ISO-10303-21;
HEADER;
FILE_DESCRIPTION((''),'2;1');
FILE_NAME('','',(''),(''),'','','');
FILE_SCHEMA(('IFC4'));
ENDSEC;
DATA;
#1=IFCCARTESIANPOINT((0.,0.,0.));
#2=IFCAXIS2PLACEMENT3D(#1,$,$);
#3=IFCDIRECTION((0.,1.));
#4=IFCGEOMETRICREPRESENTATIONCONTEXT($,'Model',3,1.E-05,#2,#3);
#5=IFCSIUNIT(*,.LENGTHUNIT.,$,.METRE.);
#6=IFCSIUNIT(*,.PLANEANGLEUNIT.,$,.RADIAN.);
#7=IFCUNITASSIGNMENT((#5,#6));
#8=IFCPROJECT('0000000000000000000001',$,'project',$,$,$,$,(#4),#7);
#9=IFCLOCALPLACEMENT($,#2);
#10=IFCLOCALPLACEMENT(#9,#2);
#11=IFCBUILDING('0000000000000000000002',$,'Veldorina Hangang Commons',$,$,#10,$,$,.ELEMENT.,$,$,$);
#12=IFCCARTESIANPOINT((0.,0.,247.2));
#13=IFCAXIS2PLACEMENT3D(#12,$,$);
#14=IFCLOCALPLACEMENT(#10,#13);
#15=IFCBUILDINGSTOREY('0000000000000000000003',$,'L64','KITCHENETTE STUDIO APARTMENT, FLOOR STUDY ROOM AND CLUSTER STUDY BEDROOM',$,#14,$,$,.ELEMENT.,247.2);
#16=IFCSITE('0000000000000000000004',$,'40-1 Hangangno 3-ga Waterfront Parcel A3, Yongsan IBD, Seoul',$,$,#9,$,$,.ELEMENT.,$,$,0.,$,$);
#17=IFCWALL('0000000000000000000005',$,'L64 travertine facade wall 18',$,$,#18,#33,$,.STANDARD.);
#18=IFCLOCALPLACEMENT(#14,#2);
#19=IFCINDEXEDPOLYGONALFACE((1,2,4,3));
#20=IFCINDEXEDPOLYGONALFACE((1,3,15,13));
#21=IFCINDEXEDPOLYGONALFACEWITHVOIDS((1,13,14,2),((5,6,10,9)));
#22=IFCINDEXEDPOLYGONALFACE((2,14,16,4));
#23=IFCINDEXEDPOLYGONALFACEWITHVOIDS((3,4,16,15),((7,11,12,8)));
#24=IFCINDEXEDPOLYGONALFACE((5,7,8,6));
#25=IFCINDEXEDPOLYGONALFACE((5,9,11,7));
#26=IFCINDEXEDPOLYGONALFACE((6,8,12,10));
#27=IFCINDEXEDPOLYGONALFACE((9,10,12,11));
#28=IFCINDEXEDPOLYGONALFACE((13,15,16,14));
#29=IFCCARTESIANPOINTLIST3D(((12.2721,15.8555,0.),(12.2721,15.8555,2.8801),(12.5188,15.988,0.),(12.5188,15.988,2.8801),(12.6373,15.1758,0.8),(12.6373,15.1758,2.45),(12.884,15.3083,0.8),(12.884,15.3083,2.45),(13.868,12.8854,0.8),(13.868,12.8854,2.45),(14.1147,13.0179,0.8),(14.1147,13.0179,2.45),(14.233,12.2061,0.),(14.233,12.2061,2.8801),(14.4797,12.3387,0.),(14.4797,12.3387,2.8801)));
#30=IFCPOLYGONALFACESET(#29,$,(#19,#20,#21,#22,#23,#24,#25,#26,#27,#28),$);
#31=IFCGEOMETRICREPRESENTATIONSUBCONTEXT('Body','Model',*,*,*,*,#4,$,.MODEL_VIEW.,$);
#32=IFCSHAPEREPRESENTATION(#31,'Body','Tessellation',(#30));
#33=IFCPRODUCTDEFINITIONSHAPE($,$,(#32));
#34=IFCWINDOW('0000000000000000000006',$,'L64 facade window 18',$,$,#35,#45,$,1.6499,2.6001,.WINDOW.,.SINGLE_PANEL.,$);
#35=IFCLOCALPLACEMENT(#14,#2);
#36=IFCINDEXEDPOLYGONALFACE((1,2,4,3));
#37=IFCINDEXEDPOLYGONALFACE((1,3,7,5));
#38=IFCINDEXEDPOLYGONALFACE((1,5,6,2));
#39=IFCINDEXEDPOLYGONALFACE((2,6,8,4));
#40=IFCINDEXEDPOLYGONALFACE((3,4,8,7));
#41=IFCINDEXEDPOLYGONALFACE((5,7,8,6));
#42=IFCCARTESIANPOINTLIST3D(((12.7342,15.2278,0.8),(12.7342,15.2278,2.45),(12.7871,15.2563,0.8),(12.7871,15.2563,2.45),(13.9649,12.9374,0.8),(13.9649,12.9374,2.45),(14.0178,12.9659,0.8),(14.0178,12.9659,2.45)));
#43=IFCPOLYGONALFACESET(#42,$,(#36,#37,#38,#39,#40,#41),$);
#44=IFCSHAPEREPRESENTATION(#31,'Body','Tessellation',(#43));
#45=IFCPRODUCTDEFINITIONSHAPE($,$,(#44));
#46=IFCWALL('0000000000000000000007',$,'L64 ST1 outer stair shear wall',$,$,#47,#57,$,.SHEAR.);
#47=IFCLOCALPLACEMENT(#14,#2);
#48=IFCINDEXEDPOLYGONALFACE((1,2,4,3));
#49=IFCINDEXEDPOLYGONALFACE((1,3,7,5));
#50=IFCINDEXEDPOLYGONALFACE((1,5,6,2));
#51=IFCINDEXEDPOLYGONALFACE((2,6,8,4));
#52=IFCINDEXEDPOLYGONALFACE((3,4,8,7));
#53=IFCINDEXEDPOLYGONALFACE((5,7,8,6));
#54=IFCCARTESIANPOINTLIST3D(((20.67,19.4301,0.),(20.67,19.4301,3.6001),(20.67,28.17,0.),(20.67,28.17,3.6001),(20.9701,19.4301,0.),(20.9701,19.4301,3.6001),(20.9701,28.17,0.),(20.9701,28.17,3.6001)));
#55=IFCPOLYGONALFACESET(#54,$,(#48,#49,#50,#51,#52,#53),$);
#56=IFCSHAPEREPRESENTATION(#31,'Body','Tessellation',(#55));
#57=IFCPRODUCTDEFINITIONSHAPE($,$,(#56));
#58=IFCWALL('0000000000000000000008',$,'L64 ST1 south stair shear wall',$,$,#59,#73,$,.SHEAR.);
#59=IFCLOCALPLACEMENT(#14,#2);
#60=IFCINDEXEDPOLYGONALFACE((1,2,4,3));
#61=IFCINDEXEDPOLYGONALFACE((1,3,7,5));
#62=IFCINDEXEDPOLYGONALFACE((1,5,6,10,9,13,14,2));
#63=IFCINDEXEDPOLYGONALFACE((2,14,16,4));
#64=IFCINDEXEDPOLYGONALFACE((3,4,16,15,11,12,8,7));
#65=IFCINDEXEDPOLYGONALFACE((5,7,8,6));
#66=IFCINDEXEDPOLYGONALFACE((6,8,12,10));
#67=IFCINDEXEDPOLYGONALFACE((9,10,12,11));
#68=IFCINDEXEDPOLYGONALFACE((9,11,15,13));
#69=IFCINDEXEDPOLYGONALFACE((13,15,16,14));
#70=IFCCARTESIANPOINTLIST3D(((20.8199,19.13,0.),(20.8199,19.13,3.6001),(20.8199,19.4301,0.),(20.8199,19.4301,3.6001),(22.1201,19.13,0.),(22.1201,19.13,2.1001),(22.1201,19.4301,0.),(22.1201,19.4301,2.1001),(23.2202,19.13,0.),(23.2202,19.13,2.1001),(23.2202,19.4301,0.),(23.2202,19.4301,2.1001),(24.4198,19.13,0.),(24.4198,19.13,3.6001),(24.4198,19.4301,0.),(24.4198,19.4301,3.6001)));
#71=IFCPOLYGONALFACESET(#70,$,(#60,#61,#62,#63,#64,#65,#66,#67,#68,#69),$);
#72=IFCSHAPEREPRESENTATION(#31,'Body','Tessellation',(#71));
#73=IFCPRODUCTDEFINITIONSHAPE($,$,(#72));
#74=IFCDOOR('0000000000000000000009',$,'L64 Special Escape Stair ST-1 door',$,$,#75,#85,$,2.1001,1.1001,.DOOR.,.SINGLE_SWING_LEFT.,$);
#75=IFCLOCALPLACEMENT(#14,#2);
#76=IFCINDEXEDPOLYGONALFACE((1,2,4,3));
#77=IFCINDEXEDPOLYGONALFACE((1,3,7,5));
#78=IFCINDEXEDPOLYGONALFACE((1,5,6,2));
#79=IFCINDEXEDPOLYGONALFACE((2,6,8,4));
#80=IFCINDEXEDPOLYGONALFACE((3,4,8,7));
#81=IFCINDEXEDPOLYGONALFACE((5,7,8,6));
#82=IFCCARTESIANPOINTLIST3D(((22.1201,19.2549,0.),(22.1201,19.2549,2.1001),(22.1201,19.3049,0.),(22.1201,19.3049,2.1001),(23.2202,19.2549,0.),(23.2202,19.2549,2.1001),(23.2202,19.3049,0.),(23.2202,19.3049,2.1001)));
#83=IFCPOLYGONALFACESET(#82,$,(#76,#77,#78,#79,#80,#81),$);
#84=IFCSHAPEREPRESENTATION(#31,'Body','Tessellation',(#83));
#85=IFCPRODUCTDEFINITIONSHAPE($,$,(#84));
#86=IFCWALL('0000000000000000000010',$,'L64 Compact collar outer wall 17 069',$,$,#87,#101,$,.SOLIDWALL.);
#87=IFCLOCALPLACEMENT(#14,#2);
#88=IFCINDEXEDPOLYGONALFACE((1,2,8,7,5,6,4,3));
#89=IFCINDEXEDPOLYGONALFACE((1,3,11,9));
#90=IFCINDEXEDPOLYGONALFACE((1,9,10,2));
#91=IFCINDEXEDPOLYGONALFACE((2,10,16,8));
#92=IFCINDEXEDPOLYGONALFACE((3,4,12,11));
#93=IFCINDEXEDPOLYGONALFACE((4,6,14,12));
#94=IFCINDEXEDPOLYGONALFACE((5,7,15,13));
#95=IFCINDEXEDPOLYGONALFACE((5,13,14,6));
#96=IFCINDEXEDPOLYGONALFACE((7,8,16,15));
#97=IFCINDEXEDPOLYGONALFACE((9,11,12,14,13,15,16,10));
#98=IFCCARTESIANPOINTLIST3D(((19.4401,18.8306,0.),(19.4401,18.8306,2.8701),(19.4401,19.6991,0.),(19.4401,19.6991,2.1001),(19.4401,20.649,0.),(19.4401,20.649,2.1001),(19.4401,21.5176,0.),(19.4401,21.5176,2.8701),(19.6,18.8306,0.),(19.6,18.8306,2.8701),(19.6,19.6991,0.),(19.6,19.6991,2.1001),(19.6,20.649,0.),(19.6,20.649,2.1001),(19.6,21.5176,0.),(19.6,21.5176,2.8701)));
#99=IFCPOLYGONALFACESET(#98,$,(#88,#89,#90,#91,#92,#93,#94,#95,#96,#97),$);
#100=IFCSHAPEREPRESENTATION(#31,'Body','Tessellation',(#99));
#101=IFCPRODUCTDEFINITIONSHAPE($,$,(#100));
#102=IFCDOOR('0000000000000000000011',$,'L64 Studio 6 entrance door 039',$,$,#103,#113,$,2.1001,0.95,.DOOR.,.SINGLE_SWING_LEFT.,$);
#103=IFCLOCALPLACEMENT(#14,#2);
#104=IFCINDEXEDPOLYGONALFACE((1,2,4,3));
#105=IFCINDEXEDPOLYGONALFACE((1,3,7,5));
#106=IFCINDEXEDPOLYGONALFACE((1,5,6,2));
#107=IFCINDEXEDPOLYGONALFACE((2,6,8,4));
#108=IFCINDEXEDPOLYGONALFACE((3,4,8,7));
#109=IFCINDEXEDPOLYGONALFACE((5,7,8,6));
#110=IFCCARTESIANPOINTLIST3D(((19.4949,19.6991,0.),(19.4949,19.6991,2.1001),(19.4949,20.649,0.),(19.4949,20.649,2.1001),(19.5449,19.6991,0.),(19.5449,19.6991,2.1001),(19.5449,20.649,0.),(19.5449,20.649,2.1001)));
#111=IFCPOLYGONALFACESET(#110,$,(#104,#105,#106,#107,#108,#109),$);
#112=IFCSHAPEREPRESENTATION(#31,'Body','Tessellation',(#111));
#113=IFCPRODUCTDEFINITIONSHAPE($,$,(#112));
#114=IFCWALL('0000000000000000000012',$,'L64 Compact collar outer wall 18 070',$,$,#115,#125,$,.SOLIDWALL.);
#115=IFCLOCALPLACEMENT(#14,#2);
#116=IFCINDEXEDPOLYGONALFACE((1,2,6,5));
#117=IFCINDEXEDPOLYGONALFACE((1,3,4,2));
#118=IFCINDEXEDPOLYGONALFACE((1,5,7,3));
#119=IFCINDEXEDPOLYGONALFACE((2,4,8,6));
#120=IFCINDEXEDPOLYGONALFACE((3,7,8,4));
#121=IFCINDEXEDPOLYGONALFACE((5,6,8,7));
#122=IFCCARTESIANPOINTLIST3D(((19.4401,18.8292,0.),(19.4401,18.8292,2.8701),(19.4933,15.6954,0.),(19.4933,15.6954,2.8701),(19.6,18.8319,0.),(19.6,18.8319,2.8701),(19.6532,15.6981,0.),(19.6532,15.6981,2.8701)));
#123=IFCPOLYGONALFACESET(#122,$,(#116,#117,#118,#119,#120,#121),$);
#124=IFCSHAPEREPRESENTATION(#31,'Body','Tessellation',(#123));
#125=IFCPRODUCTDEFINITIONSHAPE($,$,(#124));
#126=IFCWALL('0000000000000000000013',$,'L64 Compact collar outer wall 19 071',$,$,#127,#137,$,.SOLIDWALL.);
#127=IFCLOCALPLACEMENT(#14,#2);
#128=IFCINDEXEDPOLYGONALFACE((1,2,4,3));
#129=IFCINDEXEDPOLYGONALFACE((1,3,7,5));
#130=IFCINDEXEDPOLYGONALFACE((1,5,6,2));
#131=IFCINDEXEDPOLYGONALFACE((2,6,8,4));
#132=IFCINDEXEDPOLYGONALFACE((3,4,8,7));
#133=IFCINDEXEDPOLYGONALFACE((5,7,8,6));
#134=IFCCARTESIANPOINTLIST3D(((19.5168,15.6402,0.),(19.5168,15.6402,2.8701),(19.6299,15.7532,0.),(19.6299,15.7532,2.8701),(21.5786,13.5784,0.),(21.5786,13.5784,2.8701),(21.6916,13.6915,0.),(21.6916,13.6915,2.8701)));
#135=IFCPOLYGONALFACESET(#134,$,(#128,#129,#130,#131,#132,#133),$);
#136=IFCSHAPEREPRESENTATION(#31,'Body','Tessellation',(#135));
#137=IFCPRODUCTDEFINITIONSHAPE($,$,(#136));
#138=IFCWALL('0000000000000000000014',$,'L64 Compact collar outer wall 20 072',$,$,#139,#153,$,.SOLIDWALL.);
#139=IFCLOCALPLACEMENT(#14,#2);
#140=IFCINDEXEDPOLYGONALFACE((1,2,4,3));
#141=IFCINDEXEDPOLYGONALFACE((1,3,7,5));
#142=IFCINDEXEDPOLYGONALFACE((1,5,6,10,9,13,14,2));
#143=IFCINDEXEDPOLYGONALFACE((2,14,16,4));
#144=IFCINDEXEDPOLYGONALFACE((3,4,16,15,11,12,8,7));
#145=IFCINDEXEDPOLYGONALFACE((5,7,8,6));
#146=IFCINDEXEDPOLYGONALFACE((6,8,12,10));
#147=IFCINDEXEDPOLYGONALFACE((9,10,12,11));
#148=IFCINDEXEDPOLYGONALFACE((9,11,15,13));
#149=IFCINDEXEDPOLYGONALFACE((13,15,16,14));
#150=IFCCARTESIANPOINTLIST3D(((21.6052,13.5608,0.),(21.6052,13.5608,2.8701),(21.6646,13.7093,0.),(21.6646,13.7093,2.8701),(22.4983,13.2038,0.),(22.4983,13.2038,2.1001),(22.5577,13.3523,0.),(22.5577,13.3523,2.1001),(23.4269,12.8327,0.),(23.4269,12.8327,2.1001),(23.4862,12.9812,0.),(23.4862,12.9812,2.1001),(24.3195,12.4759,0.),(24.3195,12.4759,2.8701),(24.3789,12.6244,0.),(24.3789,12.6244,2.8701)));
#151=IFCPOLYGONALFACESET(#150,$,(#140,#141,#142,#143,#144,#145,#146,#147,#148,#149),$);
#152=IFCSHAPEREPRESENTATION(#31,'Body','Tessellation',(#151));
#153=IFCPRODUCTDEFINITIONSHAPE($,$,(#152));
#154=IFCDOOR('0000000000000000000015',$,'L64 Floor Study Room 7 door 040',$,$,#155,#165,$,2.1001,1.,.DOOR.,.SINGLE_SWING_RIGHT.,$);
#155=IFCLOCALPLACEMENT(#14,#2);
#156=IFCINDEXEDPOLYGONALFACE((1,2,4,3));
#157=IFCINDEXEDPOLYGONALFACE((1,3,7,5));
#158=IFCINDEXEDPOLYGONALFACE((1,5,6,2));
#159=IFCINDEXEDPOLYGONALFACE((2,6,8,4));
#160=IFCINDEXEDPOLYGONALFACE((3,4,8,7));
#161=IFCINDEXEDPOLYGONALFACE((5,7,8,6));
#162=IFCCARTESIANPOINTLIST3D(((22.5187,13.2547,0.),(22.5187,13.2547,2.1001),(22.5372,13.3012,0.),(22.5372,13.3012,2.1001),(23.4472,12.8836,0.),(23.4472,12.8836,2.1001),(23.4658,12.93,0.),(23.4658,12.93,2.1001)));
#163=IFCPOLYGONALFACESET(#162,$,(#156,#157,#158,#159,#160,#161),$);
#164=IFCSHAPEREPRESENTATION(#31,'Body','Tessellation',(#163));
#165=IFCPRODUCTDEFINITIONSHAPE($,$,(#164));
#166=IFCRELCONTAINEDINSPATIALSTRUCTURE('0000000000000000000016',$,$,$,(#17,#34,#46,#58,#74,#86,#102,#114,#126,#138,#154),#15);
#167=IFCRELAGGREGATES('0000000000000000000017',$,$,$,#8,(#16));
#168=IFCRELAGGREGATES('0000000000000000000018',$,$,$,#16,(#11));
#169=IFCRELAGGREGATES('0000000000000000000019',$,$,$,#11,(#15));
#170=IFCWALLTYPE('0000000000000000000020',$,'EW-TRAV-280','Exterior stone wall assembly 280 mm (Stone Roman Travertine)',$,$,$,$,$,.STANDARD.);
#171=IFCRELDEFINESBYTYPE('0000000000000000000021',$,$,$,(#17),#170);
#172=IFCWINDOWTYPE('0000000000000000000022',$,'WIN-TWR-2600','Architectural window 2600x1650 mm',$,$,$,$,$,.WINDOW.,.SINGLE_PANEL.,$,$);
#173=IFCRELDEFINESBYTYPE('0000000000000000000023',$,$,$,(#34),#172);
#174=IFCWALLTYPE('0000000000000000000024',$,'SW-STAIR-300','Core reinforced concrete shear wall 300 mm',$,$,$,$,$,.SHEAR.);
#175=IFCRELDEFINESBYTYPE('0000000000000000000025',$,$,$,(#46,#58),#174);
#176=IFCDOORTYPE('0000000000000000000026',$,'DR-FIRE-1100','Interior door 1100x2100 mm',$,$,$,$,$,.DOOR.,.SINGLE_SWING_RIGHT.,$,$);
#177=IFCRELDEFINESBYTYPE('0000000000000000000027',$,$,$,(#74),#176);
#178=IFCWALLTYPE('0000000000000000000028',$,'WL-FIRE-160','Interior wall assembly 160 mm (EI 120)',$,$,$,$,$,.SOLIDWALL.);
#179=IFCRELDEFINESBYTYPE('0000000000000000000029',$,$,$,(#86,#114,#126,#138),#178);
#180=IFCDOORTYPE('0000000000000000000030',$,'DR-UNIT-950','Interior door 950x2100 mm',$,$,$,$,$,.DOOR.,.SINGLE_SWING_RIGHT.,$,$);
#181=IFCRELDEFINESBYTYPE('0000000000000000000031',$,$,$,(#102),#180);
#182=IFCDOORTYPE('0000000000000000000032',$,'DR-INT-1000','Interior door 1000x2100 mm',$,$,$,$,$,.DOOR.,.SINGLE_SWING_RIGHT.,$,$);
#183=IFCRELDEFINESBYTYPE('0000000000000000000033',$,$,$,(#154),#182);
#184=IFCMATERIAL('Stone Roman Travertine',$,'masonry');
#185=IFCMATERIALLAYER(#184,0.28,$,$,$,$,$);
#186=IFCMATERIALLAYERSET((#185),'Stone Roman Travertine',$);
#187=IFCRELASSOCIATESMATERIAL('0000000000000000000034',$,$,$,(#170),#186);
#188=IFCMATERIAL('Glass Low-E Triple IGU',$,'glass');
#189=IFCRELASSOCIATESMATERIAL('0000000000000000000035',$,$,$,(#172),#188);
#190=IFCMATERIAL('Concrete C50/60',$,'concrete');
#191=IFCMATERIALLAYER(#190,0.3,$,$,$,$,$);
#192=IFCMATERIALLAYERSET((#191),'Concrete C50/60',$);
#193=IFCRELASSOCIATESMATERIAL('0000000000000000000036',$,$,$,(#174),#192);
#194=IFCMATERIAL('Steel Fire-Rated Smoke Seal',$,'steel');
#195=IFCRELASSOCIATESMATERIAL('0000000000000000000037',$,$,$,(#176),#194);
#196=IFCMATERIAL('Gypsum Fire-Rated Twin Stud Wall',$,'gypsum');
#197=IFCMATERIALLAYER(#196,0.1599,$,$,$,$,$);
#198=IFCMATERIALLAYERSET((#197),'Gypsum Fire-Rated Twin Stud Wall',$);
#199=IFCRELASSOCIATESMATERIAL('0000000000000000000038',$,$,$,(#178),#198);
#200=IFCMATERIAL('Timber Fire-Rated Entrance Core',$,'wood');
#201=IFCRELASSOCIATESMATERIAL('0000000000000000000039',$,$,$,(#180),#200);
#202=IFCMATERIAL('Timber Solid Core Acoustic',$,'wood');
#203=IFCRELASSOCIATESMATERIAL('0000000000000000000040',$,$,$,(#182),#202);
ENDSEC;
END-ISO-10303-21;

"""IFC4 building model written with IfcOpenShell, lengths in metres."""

from ifc_helpers import new_model, si_unit, direction, frame, frame_2d, origin, place, context, subcontext, project, spatial, rectangle, extrude, material, layer, layer_set, type_object, element, fill, save


model = new_model("IFC4")

# Units and contexts
model_context = context("Model", 3, precision=1e-05, world=origin(), true_north=direction((0.0, 1.0)))
body_context = subcontext(model_context, "Body", "Model", "MODEL_VIEW")
ifc_project = project(units=[si_unit("LENGTHUNIT", "METRE"), si_unit("PLANEANGLEUNIT", "RADIAN")], contexts=[model_context])

# Site, building, storey
site_placement = place(None, origin())
site = spatial("IfcSite", under=ifc_project, at=site_placement, Name="40-1 Hangangno 3-ga Waterfront Parcel A3, Yongsan IBD, Seoul", CompositionType="ELEMENT", RefElevation=0.0)
building_placement = place(site_placement, origin())
building = spatial("IfcBuilding", under=site, at=building_placement, Name="Veldorina Hangang Commons", CompositionType="ELEMENT")
storey_placement = place(building_placement, frame((0.0, 0.0, 247.2)))
storey = spatial("IfcBuildingStorey", under=building, at=storey_placement, Name="L64", Description="KITCHENETTE STUDIO APARTMENT, FLOOR STUDY ROOM AND CLUSTER STUDY BEDROOM", CompositionType="ELEMENT", Elevation=247.2)

# Shared definitions
ifc_material_1 = material(Name="Stone Roman Travertine", Category="masonry")
ifc_layer_1 = layer(ifc_material_1, 0.28)
ifc_layer_set_1 = layer_set([ifc_layer_1], Name="Stone Roman Travertine")
wall_type_1 = type_object("IfcWallType", Name="EW-TRAV-280", Description="Exterior stone wall assembly 280 mm (Stone Roman Travertine)", PredefinedType="STANDARD", material=ifc_layer_set_1)

# Wall, opening, window
wall_1_placement = place(storey_placement, frame((12.3955, 15.9216, 0.0), z_axis=(0.0, 0.0, 1.0), x_axis=(0.473327, -0.880887, 0.0)))
wall_1 = element("IfcWall", 1, at=wall_1_placement, inside=storey, type_object=wall_type_1, Name="L64 travertine facade wall 18", PredefinedType="STANDARD", context=body_context, shape_type="SweptSolid", body=[
    extrude(rectangle(XDim=4.1428, YDim=0.28, at=frame_2d((2.0713, 0.0))), origin(), (0.0, 0.0, 1.0), 2.8801),
])
opening_1_placement = place(wall_1_placement, frame((0.7715, 0.0, 0.8)))
opening_1 = element("IfcOpeningElement", 2, at=opening_1_placement, cuts=wall_1, PredefinedType="OPENING", context=body_context, shape_type="SweptSolid", body=[
    extrude(rectangle(XDim=2.6001, YDim=1.6499, at=frame_2d((1.3, 0.825))), frame((0.0, 0.1499, 0.0), z_axis=(0.0, -1.0, 0.0), x_axis=(1.0, 0.0, 0.0)), (0.0, 0.0, 1.0), 0.3),
])
ifc_material_2 = material(Name="Glass Low-E Triple IGU", Category="glass")
window_type = type_object("IfcWindowType", Name="WIN-TWR-2600", Description="Architectural window 2600x1650 mm", PartitioningType="SINGLE_PANEL", PredefinedType="WINDOW", material=ifc_material_2)
window_placement = place(opening_1_placement, origin())
window = element("IfcWindow", 3, at=window_placement, inside=storey, type_object=window_type, Name="L64 facade window 18", OverallHeight=1.6499, OverallWidth=2.6001, PartitioningType="SINGLE_PANEL", PredefinedType="WINDOW", context=body_context, shape_type="SweptSolid", body=[
    extrude(rectangle(XDim=2.6001, YDim=1.6499, at=frame_2d((1.3, 0.825))), frame((0.0, 0.03, 0.0), z_axis=(0.0, -1.0, 0.0), x_axis=(1.0, 0.0, 0.0)), (0.0, 0.0, 1.0), 0.0601),
])
fill(opening_1, window)

# Wall
ifc_material_3 = material(Name="Concrete C50/60", Category="concrete")
ifc_layer_2 = layer(ifc_material_3, 0.3)
ifc_layer_set_2 = layer_set([ifc_layer_2], Name="Concrete C50/60")
wall_type_2 = type_object("IfcWallType", Name="SW-STAIR-300", Description="Core reinforced concrete shear wall 300 mm", PredefinedType="SHEAR", material=ifc_layer_set_2)
wall_2_placement = place(storey_placement, frame((20.8201, 19.4299, 0.0), z_axis=(0.0, 0.0, 1.0), x_axis=(0.0, 1.0, 0.0)))
element("IfcWall", 4, at=wall_2_placement, inside=storey, type_object=wall_type_2, Name="L64 ST1 outer stair shear wall", PredefinedType="SHEAR", context=body_context, shape_type="SweptSolid", body=[
    extrude(rectangle(XDim=8.74, YDim=0.3, at=frame_2d((4.3701, 0.0))), origin(), (0.0, 0.0, 1.0), 3.6001),
])

# Walls, openings, doors
wall_3_placement = place(storey_placement, frame((20.8201, 19.28, 0.0), z_axis=(0.0, 0.0, 1.0), x_axis=(1.0, 0.0, 0.0)))
wall_3 = element("IfcWall", 5, at=wall_3_placement, inside=storey, type_object=wall_type_2, Name="L64 ST1 south stair shear wall", PredefinedType="SHEAR", context=body_context, shape_type="SweptSolid", body=[
    extrude(rectangle(XDim=3.5999, YDim=0.3, at=frame_2d((1.7998, 0.0))), origin(), (0.0, 0.0, 1.0), 3.6001),
])
opening_2_placement = place(wall_3_placement, frame((1.3, 0.0, 0.0)))
opening_2 = element("IfcOpeningElement", 6, at=opening_2_placement, cuts=wall_3, PredefinedType="OPENING", context=body_context, shape_type="SweptSolid", body=[
    extrude(rectangle(XDim=1.1001, YDim=2.1001, at=frame_2d((0.55, 1.05))), frame((0.0, 0.1602, 0.0), z_axis=(0.0, -1.0, 0.0), x_axis=(1.0, 0.0, 0.0)), (0.0, 0.0, 1.0), 0.3201),
])
ifc_material_4 = material(Name="Steel Fire-Rated Smoke Seal", Category="steel")
door_type_1 = type_object("IfcDoorType", Name="DR-FIRE-1100", Description="Interior door 1100x2100 mm", OperationType="SINGLE_SWING_RIGHT", PredefinedType="DOOR", material=ifc_material_4)
door_1_placement = place(opening_2_placement, origin())
door_1 = element("IfcDoor", 7, at=door_1_placement, inside=storey, type_object=door_type_1, Name="L64 Special Escape Stair ST-1 door", OperationType="SINGLE_SWING_LEFT", OverallHeight=2.1001, OverallWidth=1.1001, PredefinedType="DOOR", context=body_context, shape_type="SweptSolid", body=[
    extrude(rectangle(XDim=1.1001, YDim=2.1001, at=frame_2d((0.55, 1.05))), frame((0.0, 0.0249, 0.0), z_axis=(0.0, -1.0, 0.0), x_axis=(1.0, 0.0, 0.0)), (0.0, 0.0, 1.0), 0.05),
])
fill(opening_2, door_1)
ifc_material_5 = material(Name="Gypsum Fire-Rated Twin Stud Wall", Category="gypsum")
ifc_layer_3 = layer(ifc_material_5, 0.1599)
ifc_layer_set_3 = layer_set([ifc_layer_3], Name="Gypsum Fire-Rated Twin Stud Wall")
wall_type_3 = type_object("IfcWallType", Name="WL-FIRE-160", Description="Interior wall assembly 160 mm (EI 120)", PredefinedType="SOLIDWALL", material=ifc_layer_set_3)
wall_4_placement = place(storey_placement, frame((19.52, 21.5176, 0.0), z_axis=(0.0, 0.0, 1.0), x_axis=(0.0, -1.0, 0.0)))
wall_4 = element("IfcWall", 8, at=wall_4_placement, inside=storey, type_object=wall_type_3, Name="L64 Compact collar outer wall 17 069", PredefinedType="SOLIDWALL", context=body_context, shape_type="SweptSolid", body=[
    extrude(rectangle(XDim=2.687, YDim=0.1599, at=frame_2d((1.3435, 0.0))), origin(), (0.0, 0.0, 1.0), 2.8701),
])
opening_3_placement = place(wall_4_placement, frame((0.8684, 0.0, 0.0)))
opening_3 = element("IfcOpeningElement", 9, at=opening_3_placement, cuts=wall_4, PredefinedType="OPENING", context=body_context, shape_type="SweptSolid", body=[
    extrude(rectangle(XDim=0.95, YDim=2.1001, at=frame_2d((0.4751, 1.05))), frame((0.0, 0.0898, 0.0), z_axis=(0.0, -1.0, 0.0), x_axis=(1.0, 0.0, 0.0)), (0.0, 0.0, 1.0), 0.1799),
])
ifc_material_6 = material(Name="Timber Fire-Rated Entrance Core", Category="wood")
door_type_2 = type_object("IfcDoorType", Name="DR-UNIT-950", Description="Interior door 950x2100 mm", OperationType="SINGLE_SWING_RIGHT", PredefinedType="DOOR", material=ifc_material_6)
door_2_placement = place(opening_3_placement, origin())
door_2 = element("IfcDoor", 10, at=door_2_placement, inside=storey, type_object=door_type_2, Name="L64 Studio 6 entrance door 039", OperationType="SINGLE_SWING_LEFT", OverallHeight=2.1001, OverallWidth=0.95, PredefinedType="DOOR", context=body_context, shape_type="SweptSolid", body=[
    extrude(rectangle(XDim=0.95, YDim=2.1001, at=frame_2d((0.4751, 1.05))), frame((0.0, 0.0249, 0.0), z_axis=(0.0, -1.0, 0.0), x_axis=(1.0, 0.0, 0.0)), (0.0, 0.0, 1.0), 0.05),
])
fill(opening_3, door_2)

# Walls
wall_5_placement = place(storey_placement, frame((19.52, 18.8306, 0.0), z_axis=(0.0, 0.0, 1.0), x_axis=(0.016981, -0.999856, 0.0)))
element("IfcWall", 11, at=wall_5_placement, inside=storey, type_object=wall_type_3, Name="L64 Compact collar outer wall 18 070", PredefinedType="SOLIDWALL", context=body_context, shape_type="SweptSolid", body=[
    extrude(rectangle(XDim=3.1343, YDim=0.1599, at=frame_2d((1.5671, 0.0))), origin(), (0.0, 0.0, 1.0), 2.8701),
])
wall_6_placement = place(storey_placement, frame((19.5732, 15.6968, 0.0), z_axis=(0.0, 0.0, 1.0), x_axis=(0.707107, -0.707107, 0.0)))
element("IfcWall", 12, at=wall_6_placement, inside=storey, type_object=wall_type_3, Name="L64 Compact collar outer wall 19 071", PredefinedType="SOLIDWALL", context=body_context, shape_type="SweptSolid", body=[
    extrude(rectangle(XDim=2.9158, YDim=0.1599, at=frame_2d((1.458, 0.0))), origin(), (0.0, 0.0, 1.0), 2.8701),
])

# Wall, opening, door
wall_7_placement = place(storey_placement, frame((21.635, 13.635, 0.0), z_axis=(0.0, 0.0, 1.0), x_axis=(0.928569, -0.37116, 0.0)))
wall_7 = element("IfcWall", 13, at=wall_7_placement, inside=storey, type_object=wall_type_3, Name="L64 Compact collar outer wall 20 072", PredefinedType="SOLIDWALL", context=body_context, shape_type="SweptSolid", body=[
    extrude(rectangle(XDim=2.9231, YDim=0.1599, at=frame_2d((1.4614, 0.0))), origin(), (0.0, 0.0, 1.0), 2.8701),
])
opening_4_placement = place(wall_7_placement, frame((0.9617, 0.0, 0.0)))
opening_4 = element("IfcOpeningElement", 14, at=opening_4_placement, cuts=wall_7, PredefinedType="OPENING", context=body_context, shape_type="SweptSolid", body=[
    extrude(rectangle(XDim=1.0, YDim=2.1001, at=frame_2d((0.5, 1.05))), frame((0.0, 0.0898, 0.0), z_axis=(0.0, -1.0, 0.0), x_axis=(1.0, 0.0, 0.0)), (0.0, 0.0, 1.0), 0.1799),
])
ifc_material_7 = material(Name="Timber Solid Core Acoustic", Category="wood")
door_type_3 = type_object("IfcDoorType", Name="DR-INT-1000", Description="Interior door 1000x2100 mm", OperationType="SINGLE_SWING_RIGHT", PredefinedType="DOOR", material=ifc_material_7)
door_3_placement = place(opening_4_placement, origin())
door_3 = element("IfcDoor", 15, at=door_3_placement, inside=storey, type_object=door_type_3, Name="L64 Floor Study Room 7 door 040", OperationType="SINGLE_SWING_RIGHT", OverallHeight=2.1001, OverallWidth=1.0, PredefinedType="DOOR", context=body_context, shape_type="SweptSolid", body=[
    extrude(rectangle(XDim=1.0, YDim=2.1001, at=frame_2d((0.5, 1.05))), frame((0.0, 0.0249, 0.0), z_axis=(0.0, -1.0, 0.0), x_axis=(1.0, 0.0, 0.0)), (0.0, 0.0, 1.0), 0.05),
])
fill(opening_4, door_3)

save(model, "model.ifc")
